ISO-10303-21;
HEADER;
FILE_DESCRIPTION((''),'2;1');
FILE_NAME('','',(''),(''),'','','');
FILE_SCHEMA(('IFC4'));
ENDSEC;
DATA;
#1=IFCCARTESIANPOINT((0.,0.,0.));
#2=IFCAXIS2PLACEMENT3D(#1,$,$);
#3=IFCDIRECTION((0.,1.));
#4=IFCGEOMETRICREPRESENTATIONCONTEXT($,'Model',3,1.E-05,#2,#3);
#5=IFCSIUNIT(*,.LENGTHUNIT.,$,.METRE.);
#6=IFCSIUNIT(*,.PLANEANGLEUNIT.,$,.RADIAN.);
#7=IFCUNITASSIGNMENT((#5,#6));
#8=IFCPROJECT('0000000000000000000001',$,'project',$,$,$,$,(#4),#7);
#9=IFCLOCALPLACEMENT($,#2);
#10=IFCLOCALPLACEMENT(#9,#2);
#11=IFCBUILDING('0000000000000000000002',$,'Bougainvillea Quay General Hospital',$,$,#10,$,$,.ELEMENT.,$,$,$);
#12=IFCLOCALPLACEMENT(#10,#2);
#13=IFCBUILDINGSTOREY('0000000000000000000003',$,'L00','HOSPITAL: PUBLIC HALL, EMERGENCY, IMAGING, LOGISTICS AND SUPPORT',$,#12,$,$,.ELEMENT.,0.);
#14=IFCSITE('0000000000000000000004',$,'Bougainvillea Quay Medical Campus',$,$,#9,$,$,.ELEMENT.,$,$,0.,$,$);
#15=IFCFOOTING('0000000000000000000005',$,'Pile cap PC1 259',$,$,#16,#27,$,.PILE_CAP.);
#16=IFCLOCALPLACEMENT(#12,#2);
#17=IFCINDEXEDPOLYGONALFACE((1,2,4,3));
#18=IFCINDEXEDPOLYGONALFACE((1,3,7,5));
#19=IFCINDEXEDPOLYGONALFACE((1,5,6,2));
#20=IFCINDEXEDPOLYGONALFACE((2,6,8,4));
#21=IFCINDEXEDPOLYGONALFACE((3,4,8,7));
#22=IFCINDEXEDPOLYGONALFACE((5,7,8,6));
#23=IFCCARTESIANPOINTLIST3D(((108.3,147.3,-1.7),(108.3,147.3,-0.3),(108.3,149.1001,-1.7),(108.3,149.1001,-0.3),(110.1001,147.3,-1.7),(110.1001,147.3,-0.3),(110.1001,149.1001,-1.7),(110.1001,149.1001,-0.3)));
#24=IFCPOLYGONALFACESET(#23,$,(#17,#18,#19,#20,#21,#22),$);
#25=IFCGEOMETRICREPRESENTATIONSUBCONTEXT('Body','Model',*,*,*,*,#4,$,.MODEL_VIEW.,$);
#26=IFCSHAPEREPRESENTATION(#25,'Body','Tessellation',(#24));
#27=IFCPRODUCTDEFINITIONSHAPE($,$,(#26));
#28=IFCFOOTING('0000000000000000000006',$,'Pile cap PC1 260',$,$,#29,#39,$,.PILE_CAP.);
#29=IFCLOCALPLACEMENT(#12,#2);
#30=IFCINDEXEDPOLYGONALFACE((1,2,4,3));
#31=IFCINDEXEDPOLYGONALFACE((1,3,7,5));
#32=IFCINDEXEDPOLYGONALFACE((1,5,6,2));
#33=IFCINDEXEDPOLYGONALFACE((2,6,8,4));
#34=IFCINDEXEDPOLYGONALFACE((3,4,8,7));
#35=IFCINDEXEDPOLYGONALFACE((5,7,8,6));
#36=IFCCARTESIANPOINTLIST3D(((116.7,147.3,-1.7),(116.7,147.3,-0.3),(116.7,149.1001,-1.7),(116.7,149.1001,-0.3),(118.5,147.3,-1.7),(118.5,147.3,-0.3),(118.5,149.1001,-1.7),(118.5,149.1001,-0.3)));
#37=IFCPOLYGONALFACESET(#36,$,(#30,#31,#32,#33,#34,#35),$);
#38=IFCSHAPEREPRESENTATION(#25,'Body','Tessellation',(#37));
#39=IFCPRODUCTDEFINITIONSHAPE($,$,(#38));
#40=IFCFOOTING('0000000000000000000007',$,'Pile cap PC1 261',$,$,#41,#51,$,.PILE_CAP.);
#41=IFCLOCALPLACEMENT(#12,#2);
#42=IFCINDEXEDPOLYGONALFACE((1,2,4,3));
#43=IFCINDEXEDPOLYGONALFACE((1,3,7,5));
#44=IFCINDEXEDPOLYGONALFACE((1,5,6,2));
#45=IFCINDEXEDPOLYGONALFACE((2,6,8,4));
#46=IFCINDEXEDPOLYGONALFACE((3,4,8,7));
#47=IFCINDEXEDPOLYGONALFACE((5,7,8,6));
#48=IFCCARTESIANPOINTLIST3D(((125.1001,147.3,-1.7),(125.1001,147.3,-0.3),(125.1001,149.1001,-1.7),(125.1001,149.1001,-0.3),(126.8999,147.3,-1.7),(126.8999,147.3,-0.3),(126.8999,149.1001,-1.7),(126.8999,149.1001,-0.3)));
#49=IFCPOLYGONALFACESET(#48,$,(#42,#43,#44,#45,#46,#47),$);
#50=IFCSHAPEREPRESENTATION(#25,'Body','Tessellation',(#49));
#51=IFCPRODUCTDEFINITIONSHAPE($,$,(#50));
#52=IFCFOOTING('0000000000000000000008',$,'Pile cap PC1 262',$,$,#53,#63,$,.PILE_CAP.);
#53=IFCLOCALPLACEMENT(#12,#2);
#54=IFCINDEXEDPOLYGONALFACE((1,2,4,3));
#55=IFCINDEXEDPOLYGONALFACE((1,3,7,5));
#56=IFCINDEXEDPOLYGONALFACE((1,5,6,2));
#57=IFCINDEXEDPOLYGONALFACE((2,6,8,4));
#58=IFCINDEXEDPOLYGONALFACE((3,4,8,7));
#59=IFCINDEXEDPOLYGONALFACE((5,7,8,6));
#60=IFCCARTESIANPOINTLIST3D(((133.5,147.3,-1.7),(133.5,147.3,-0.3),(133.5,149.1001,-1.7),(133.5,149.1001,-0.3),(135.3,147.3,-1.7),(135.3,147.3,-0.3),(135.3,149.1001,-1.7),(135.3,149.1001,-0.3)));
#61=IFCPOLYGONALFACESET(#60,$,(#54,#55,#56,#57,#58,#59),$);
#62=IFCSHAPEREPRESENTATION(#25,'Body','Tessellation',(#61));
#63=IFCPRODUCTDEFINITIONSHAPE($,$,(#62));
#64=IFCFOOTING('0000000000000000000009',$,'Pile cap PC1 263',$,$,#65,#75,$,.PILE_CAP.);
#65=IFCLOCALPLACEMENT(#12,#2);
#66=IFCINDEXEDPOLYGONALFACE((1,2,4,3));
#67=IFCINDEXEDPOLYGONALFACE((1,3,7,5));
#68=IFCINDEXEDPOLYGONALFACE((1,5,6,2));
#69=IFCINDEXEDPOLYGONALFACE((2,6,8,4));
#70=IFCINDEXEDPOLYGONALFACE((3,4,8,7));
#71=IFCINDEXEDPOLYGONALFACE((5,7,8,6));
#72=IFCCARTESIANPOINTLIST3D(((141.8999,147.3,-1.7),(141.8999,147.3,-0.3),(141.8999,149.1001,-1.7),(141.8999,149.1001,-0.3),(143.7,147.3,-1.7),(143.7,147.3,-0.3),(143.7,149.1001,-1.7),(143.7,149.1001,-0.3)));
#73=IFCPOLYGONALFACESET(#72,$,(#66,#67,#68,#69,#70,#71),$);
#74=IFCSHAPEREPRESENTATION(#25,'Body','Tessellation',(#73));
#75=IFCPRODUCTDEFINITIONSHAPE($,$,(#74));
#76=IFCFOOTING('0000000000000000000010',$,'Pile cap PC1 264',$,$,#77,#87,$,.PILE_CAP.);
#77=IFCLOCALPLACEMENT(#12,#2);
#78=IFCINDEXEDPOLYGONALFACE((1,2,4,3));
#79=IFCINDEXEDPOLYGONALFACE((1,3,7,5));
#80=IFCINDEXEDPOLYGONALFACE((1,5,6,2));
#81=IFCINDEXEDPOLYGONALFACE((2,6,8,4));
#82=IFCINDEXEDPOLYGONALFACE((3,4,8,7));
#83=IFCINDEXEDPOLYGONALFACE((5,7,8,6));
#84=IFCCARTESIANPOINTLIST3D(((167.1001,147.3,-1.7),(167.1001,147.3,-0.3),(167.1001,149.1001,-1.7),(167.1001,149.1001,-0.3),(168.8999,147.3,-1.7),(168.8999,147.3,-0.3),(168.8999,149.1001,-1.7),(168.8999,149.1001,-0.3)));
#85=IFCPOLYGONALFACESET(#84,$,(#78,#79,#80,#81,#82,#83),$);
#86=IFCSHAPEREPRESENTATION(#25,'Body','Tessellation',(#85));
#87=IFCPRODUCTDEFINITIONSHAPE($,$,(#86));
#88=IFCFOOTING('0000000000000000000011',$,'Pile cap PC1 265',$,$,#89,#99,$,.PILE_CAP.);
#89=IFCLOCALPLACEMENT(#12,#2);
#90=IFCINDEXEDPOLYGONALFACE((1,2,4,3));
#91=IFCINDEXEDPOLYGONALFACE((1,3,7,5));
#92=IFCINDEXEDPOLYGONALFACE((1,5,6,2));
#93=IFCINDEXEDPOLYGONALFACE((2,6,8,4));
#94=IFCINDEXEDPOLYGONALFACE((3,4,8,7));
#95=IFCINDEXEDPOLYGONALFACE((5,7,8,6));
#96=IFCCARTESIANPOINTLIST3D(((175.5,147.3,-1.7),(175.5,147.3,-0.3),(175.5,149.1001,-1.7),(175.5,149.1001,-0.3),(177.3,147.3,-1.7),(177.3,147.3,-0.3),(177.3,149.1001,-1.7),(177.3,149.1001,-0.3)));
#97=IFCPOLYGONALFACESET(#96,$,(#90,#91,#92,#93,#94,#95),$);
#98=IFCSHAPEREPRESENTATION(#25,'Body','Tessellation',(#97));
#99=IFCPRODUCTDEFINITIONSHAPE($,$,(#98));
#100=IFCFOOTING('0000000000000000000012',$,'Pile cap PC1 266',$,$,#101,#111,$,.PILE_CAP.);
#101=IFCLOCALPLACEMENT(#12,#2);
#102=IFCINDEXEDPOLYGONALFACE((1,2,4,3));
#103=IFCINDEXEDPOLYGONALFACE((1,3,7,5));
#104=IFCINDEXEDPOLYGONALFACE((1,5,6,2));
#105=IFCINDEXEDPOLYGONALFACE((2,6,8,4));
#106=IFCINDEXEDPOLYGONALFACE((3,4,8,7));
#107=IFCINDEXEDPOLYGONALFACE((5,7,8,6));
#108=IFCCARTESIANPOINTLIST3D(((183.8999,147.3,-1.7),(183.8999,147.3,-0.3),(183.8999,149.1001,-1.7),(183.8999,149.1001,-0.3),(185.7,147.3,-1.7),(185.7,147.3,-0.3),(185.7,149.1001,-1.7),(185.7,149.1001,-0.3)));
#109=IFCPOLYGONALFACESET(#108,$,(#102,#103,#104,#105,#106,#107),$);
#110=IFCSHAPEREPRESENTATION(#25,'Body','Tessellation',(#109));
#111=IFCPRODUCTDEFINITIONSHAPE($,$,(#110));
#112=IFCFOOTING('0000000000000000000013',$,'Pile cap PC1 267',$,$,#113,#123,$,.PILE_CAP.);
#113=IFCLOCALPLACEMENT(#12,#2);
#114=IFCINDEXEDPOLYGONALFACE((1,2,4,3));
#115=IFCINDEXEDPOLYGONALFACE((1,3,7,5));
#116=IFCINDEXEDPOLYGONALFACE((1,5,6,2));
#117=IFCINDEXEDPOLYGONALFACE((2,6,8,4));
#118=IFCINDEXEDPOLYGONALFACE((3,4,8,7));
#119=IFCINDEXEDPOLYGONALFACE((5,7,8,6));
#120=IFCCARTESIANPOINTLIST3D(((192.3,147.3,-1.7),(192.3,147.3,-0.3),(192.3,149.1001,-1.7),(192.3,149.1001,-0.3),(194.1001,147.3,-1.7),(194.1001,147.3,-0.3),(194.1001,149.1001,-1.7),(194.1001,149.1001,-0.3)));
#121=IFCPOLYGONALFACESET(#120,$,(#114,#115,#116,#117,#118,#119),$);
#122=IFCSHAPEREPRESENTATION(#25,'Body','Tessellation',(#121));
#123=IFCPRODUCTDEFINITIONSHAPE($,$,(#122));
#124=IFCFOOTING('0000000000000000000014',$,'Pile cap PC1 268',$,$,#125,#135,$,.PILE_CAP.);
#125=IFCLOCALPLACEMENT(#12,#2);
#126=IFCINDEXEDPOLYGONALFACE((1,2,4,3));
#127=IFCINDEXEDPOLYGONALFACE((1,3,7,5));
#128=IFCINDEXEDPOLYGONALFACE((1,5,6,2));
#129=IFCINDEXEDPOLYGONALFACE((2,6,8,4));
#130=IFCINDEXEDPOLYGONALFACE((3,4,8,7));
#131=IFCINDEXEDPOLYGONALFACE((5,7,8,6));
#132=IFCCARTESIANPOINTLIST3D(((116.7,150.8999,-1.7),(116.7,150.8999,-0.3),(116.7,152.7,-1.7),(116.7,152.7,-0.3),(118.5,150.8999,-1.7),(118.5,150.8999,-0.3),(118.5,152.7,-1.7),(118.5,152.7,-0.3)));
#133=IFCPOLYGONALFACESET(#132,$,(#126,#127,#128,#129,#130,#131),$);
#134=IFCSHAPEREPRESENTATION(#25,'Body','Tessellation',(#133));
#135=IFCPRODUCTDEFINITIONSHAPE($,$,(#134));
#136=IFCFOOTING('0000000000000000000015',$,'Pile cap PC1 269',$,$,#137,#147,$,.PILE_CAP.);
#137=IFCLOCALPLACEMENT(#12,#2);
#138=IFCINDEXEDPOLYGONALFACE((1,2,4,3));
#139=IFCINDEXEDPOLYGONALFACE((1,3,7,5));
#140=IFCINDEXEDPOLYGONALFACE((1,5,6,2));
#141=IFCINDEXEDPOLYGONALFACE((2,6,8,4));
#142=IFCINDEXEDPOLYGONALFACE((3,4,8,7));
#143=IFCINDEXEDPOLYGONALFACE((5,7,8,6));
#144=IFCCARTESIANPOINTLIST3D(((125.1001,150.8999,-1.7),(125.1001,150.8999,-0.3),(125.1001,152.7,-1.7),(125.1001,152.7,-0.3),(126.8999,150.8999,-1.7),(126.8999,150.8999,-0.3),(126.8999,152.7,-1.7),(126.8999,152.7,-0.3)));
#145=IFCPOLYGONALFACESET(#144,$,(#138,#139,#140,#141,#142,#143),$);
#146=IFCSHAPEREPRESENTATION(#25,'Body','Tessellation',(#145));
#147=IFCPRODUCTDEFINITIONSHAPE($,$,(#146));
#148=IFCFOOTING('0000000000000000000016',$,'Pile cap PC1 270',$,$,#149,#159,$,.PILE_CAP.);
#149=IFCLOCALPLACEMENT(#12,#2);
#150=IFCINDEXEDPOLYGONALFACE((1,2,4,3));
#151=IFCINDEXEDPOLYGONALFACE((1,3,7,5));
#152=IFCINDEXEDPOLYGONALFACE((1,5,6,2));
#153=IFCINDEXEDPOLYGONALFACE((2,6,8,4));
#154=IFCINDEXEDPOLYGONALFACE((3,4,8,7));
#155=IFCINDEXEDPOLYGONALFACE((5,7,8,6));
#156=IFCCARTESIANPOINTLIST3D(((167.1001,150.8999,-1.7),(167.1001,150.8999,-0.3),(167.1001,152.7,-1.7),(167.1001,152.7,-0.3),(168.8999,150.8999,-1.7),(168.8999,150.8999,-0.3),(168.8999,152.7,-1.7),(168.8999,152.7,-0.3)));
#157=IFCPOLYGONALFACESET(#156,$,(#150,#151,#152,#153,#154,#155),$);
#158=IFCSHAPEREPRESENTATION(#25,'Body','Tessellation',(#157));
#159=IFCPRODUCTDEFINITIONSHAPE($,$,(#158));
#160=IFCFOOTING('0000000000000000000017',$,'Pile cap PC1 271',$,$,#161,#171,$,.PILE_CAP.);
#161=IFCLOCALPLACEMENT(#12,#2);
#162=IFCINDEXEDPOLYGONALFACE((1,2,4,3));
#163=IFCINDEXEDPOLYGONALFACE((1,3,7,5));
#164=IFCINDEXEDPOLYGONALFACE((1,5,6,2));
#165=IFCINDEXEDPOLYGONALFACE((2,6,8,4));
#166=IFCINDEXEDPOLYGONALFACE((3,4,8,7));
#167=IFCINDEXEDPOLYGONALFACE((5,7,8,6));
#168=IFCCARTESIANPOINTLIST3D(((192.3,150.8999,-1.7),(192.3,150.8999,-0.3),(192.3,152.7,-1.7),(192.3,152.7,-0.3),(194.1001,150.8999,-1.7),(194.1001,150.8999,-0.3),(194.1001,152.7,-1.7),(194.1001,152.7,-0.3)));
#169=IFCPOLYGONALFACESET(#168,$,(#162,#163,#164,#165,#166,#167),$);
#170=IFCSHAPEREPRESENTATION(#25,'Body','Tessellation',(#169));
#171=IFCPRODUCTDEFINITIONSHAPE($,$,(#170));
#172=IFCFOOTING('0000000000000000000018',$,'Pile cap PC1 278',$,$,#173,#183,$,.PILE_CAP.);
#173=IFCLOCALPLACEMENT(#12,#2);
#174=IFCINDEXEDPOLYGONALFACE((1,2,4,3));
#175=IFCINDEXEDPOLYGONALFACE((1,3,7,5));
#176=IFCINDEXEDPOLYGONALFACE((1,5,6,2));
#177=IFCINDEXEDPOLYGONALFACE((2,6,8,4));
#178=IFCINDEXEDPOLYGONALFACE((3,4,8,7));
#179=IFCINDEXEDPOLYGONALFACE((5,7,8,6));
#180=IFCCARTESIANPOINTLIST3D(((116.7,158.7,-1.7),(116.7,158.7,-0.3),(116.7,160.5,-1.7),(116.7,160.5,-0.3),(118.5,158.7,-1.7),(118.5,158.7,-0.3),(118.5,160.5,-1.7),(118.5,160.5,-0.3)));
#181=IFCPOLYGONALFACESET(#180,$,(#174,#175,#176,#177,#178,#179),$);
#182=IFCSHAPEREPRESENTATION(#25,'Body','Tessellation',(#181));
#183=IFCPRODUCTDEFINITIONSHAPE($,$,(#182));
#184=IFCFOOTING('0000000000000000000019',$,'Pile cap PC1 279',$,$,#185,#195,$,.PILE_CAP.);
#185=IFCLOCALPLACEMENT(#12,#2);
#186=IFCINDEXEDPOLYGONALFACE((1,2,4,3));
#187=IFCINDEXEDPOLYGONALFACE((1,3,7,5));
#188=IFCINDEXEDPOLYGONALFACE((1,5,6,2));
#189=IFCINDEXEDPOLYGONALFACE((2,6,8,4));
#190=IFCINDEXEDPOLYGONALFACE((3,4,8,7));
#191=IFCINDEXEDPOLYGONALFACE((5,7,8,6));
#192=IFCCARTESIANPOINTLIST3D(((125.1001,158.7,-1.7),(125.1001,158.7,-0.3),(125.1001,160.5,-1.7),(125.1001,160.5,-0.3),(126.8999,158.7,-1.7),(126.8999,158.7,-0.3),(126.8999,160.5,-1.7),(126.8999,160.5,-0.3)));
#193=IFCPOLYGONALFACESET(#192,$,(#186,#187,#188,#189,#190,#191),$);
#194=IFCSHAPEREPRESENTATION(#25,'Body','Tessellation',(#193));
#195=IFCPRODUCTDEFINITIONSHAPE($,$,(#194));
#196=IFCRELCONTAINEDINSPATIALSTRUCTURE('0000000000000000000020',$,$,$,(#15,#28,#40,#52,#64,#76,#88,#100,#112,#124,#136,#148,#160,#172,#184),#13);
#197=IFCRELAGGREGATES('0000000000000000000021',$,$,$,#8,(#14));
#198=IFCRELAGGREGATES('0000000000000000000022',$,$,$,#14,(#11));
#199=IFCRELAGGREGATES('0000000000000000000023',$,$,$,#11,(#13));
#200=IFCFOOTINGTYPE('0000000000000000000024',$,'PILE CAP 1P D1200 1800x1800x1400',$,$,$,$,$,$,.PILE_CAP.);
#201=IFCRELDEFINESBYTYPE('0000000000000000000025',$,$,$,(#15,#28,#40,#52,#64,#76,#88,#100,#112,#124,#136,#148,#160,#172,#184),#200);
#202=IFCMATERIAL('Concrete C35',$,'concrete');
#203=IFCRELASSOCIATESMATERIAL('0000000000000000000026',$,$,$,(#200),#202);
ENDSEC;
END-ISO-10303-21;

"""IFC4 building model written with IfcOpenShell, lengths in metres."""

from ifc_helpers import new_model, si_unit, direction, frame, origin, place, context, subcontext, project, spatial, polyline, outline, extrude, material, type_object, element, save


model = new_model("IFC4")

# Units and contexts
model_context = context("Model", 3, precision=1e-05, world=origin(), true_north=direction((0.0, 1.0)))
body_context = subcontext(model_context, "Body", "Model", "MODEL_VIEW")
ifc_project = project(units=[si_unit("LENGTHUNIT", "METRE"), si_unit("PLANEANGLEUNIT", "RADIAN")], contexts=[model_context])

# Site, building, storey
site_placement = place(None, origin())
site = spatial("IfcSite", under=ifc_project, at=site_placement, Name="Bougainvillea Quay Medical Campus", CompositionType="ELEMENT", RefElevation=0.0)
building_placement = place(site_placement, origin())
building = spatial("IfcBuilding", under=site, at=building_placement, Name="Bougainvillea Quay General Hospital", CompositionType="ELEMENT")
storey_placement = place(building_placement, origin())
storey = spatial("IfcBuildingStorey", under=building, at=storey_placement, Name="L00", Description="HOSPITAL: PUBLIC HALL, EMERGENCY, IMAGING, LOGISTICS AND SUPPORT", CompositionType="ELEMENT", Elevation=0.0)

# Footings
ifc_material = material(Name="Concrete C35", Category="concrete")
footing_type_1 = type_object("IfcFootingType", Name="PILE CAP 1P D1200 1800x1800x1400", PredefinedType="PILE_CAP", material=ifc_material)
footing_1_placement = place(storey_placement, frame((0.0, 0.0, -1.7)))
element("IfcFooting", 1, at=footing_1_placement, inside=storey, type_object=footing_type_1, Name="Pile cap PC1 259", PredefinedType="PILE_CAP", context=body_context, shape_type="SweptSolid", body=[
    extrude(outline(polyline([(108.3, 147.3), (110.1001, 147.3), (110.1001, 149.1001), (108.3, 149.1001), (108.3, 147.3)])), origin(), (0.0, 0.0, 1.0), 1.3999),
])
footing_2_placement = place(storey_placement, frame((0.0, 0.0, -1.7)))
element("IfcFooting", 2, at=footing_2_placement, inside=storey, type_object=footing_type_1, Name="Pile cap PC1 260", PredefinedType="PILE_CAP", context=body_context, shape_type="SweptSolid", body=[
    extrude(outline(polyline([(116.7, 147.3), (118.5, 147.3), (118.5, 149.1001), (116.7, 149.1001), (116.7, 147.3)])), origin(), (0.0, 0.0, 1.0), 1.3999),
])
footing_3_placement = place(storey_placement, frame((0.0, 0.0, -1.7)))
element("IfcFooting", 3, at=footing_3_placement, inside=storey, type_object=footing_type_1, Name="Pile cap PC1 261", PredefinedType="PILE_CAP", context=body_context, shape_type="SweptSolid", body=[
    extrude(outline(polyline([(125.1001, 147.3), (126.8999, 147.3), (126.8999, 149.1001), (125.1001, 149.1001), (125.1001, 147.3)])), origin(), (0.0, 0.0, 1.0), 1.3999),
])
footing_4_placement = place(storey_placement, frame((0.0, 0.0, -1.7)))
element("IfcFooting", 4, at=footing_4_placement, inside=storey, type_object=footing_type_1, Name="Pile cap PC1 262", PredefinedType="PILE_CAP", context=body_context, shape_type="SweptSolid", body=[
    extrude(outline(polyline([(133.5, 147.3), (135.3, 147.3), (135.3, 149.1001), (133.5, 149.1001), (133.5, 147.3)])), origin(), (0.0, 0.0, 1.0), 1.3999),
])
footing_5_placement = place(storey_placement, frame((0.0, 0.0, -1.7)))
element("IfcFooting", 5, at=footing_5_placement, inside=storey, type_object=footing_type_1, Name="Pile cap PC1 263", PredefinedType="PILE_CAP", context=body_context, shape_type="SweptSolid", body=[
    extrude(outline(polyline([(141.8999, 147.3), (143.7, 147.3), (143.7, 149.1001), (141.8999, 149.1001), (141.8999, 147.3)])), origin(), (0.0, 0.0, 1.0), 1.3999),
])
footing_6_placement = place(storey_placement, frame((0.0, 0.0, -1.7)))
element("IfcFooting", 6, at=footing_6_placement, inside=storey, type_object=footing_type_1, Name="Pile cap PC1 264", PredefinedType="PILE_CAP", context=body_context, shape_type="SweptSolid", body=[
    extrude(outline(polyline([(167.1001, 147.3), (168.8999, 147.3), (168.8999, 149.1001), (167.1001, 149.1001), (167.1001, 147.3)])), origin(), (0.0, 0.0, 1.0), 1.3999),
])
footing_7_placement = place(storey_placement, frame((0.0, 0.0, -1.7)))
element("IfcFooting", 7, at=footing_7_placement, inside=storey, type_object=footing_type_1, Name="Pile cap PC1 265", PredefinedType="PILE_CAP", context=body_context, shape_type="SweptSolid", body=[
    extrude(outline(polyline([(175.5, 147.3), (177.3, 147.3), (177.3, 149.1001), (175.5, 149.1001), (175.5, 147.3)])), origin(), (0.0, 0.0, 1.0), 1.3999),
])
footing_8_placement = place(storey_placement, frame((0.0, 0.0, -1.7)))
element("IfcFooting", 8, at=footing_8_placement, inside=storey, type_object=footing_type_1, Name="Pile cap PC1 266", PredefinedType="PILE_CAP", context=body_context, shape_type="SweptSolid", body=[
    extrude(outline(polyline([(183.8999, 147.3), (185.7, 147.3), (185.7, 149.1001), (183.8999, 149.1001), (183.8999, 147.3)])), origin(), (0.0, 0.0, 1.0), 1.3999),
])
footing_9_placement = place(storey_placement, frame((0.0, 0.0, -1.7)))
element("IfcFooting", 9, at=footing_9_placement, inside=storey, type_object=footing_type_1, Name="Pile cap PC1 267", PredefinedType="PILE_CAP", context=body_context, shape_type="SweptSolid", body=[
    extrude(outline(polyline([(192.3, 147.3), (194.1001, 147.3), (194.1001, 149.1001), (192.3, 149.1001), (192.3, 147.3)])), origin(), (0.0, 0.0, 1.0), 1.3999),
])
footing_10_placement = place(storey_placement, frame((0.0, 0.0, -1.7)))
element("IfcFooting", 10, at=footing_10_placement, inside=storey, type_object=footing_type_1, Name="Pile cap PC1 268", PredefinedType="PILE_CAP", context=body_context, shape_type="SweptSolid", body=[
    extrude(outline(polyline([(116.7, 150.8999), (118.5, 150.8999), (118.5, 152.7), (116.7, 152.7), (116.7, 150.8999)])), origin(), (0.0, 0.0, 1.0), 1.3999),
])
footing_11_placement = place(storey_placement, frame((0.0, 0.0, -1.7)))
element("IfcFooting", 11, at=footing_11_placement, inside=storey, type_object=footing_type_1, Name="Pile cap PC1 269", PredefinedType="PILE_CAP", context=body_context, shape_type="SweptSolid", body=[
    extrude(outline(polyline([(125.1001, 150.8999), (126.8999, 150.8999), (126.8999, 152.7), (125.1001, 152.7), (125.1001, 150.8999)])), origin(), (0.0, 0.0, 1.0), 1.3999),
])
footing_12_placement = place(storey_placement, frame((0.0, 0.0, -1.7)))
element("IfcFooting", 12, at=footing_12_placement, inside=storey, type_object=footing_type_1, Name="Pile cap PC1 270", PredefinedType="PILE_CAP", context=body_context, shape_type="SweptSolid", body=[
    extrude(outline(polyline([(167.1001, 150.8999), (168.8999, 150.8999), (168.8999, 152.7), (167.1001, 152.7), (167.1001, 150.8999)])), origin(), (0.0, 0.0, 1.0), 1.3999),
])
footing_13_placement = place(storey_placement, frame((0.0, 0.0, -1.7)))
element("IfcFooting", 13, at=footing_13_placement, inside=storey, type_object=footing_type_1, Name="Pile cap PC1 271", PredefinedType="PILE_CAP", context=body_context, shape_type="SweptSolid", body=[
    extrude(outline(polyline([(192.3, 150.8999), (194.1001, 150.8999), (194.1001, 152.7), (192.3, 152.7), (192.3, 150.8999)])), origin(), (0.0, 0.0, 1.0), 1.3999),
])
footing_14_placement = place(storey_placement, frame((0.0, 0.0, -1.7)))
element("IfcFooting", 14, at=footing_14_placement, inside=storey, type_object=footing_type_1, Name="Pile cap PC1 278", PredefinedType="PILE_CAP", context=body_context, shape_type="SweptSolid", body=[
    extrude(outline(polyline([(116.7, 158.7), (118.5, 158.7), (118.5, 160.5), (116.7, 160.5), (116.7, 158.7)])), origin(), (0.0, 0.0, 1.0), 1.3999),
])
footing_15_placement = place(storey_placement, frame((0.0, 0.0, -1.7)))
element("IfcFooting", 15, at=footing_15_placement, inside=storey, type_object=footing_type_1, Name="Pile cap PC1 279", PredefinedType="PILE_CAP", context=body_context, shape_type="SweptSolid", body=[
    extrude(outline(polyline([(125.1001, 158.7), (126.8999, 158.7), (126.8999, 160.5), (125.1001, 160.5), (125.1001, 158.7)])), origin(), (0.0, 0.0, 1.0), 1.3999),
])

save(model, "model.ifc")
